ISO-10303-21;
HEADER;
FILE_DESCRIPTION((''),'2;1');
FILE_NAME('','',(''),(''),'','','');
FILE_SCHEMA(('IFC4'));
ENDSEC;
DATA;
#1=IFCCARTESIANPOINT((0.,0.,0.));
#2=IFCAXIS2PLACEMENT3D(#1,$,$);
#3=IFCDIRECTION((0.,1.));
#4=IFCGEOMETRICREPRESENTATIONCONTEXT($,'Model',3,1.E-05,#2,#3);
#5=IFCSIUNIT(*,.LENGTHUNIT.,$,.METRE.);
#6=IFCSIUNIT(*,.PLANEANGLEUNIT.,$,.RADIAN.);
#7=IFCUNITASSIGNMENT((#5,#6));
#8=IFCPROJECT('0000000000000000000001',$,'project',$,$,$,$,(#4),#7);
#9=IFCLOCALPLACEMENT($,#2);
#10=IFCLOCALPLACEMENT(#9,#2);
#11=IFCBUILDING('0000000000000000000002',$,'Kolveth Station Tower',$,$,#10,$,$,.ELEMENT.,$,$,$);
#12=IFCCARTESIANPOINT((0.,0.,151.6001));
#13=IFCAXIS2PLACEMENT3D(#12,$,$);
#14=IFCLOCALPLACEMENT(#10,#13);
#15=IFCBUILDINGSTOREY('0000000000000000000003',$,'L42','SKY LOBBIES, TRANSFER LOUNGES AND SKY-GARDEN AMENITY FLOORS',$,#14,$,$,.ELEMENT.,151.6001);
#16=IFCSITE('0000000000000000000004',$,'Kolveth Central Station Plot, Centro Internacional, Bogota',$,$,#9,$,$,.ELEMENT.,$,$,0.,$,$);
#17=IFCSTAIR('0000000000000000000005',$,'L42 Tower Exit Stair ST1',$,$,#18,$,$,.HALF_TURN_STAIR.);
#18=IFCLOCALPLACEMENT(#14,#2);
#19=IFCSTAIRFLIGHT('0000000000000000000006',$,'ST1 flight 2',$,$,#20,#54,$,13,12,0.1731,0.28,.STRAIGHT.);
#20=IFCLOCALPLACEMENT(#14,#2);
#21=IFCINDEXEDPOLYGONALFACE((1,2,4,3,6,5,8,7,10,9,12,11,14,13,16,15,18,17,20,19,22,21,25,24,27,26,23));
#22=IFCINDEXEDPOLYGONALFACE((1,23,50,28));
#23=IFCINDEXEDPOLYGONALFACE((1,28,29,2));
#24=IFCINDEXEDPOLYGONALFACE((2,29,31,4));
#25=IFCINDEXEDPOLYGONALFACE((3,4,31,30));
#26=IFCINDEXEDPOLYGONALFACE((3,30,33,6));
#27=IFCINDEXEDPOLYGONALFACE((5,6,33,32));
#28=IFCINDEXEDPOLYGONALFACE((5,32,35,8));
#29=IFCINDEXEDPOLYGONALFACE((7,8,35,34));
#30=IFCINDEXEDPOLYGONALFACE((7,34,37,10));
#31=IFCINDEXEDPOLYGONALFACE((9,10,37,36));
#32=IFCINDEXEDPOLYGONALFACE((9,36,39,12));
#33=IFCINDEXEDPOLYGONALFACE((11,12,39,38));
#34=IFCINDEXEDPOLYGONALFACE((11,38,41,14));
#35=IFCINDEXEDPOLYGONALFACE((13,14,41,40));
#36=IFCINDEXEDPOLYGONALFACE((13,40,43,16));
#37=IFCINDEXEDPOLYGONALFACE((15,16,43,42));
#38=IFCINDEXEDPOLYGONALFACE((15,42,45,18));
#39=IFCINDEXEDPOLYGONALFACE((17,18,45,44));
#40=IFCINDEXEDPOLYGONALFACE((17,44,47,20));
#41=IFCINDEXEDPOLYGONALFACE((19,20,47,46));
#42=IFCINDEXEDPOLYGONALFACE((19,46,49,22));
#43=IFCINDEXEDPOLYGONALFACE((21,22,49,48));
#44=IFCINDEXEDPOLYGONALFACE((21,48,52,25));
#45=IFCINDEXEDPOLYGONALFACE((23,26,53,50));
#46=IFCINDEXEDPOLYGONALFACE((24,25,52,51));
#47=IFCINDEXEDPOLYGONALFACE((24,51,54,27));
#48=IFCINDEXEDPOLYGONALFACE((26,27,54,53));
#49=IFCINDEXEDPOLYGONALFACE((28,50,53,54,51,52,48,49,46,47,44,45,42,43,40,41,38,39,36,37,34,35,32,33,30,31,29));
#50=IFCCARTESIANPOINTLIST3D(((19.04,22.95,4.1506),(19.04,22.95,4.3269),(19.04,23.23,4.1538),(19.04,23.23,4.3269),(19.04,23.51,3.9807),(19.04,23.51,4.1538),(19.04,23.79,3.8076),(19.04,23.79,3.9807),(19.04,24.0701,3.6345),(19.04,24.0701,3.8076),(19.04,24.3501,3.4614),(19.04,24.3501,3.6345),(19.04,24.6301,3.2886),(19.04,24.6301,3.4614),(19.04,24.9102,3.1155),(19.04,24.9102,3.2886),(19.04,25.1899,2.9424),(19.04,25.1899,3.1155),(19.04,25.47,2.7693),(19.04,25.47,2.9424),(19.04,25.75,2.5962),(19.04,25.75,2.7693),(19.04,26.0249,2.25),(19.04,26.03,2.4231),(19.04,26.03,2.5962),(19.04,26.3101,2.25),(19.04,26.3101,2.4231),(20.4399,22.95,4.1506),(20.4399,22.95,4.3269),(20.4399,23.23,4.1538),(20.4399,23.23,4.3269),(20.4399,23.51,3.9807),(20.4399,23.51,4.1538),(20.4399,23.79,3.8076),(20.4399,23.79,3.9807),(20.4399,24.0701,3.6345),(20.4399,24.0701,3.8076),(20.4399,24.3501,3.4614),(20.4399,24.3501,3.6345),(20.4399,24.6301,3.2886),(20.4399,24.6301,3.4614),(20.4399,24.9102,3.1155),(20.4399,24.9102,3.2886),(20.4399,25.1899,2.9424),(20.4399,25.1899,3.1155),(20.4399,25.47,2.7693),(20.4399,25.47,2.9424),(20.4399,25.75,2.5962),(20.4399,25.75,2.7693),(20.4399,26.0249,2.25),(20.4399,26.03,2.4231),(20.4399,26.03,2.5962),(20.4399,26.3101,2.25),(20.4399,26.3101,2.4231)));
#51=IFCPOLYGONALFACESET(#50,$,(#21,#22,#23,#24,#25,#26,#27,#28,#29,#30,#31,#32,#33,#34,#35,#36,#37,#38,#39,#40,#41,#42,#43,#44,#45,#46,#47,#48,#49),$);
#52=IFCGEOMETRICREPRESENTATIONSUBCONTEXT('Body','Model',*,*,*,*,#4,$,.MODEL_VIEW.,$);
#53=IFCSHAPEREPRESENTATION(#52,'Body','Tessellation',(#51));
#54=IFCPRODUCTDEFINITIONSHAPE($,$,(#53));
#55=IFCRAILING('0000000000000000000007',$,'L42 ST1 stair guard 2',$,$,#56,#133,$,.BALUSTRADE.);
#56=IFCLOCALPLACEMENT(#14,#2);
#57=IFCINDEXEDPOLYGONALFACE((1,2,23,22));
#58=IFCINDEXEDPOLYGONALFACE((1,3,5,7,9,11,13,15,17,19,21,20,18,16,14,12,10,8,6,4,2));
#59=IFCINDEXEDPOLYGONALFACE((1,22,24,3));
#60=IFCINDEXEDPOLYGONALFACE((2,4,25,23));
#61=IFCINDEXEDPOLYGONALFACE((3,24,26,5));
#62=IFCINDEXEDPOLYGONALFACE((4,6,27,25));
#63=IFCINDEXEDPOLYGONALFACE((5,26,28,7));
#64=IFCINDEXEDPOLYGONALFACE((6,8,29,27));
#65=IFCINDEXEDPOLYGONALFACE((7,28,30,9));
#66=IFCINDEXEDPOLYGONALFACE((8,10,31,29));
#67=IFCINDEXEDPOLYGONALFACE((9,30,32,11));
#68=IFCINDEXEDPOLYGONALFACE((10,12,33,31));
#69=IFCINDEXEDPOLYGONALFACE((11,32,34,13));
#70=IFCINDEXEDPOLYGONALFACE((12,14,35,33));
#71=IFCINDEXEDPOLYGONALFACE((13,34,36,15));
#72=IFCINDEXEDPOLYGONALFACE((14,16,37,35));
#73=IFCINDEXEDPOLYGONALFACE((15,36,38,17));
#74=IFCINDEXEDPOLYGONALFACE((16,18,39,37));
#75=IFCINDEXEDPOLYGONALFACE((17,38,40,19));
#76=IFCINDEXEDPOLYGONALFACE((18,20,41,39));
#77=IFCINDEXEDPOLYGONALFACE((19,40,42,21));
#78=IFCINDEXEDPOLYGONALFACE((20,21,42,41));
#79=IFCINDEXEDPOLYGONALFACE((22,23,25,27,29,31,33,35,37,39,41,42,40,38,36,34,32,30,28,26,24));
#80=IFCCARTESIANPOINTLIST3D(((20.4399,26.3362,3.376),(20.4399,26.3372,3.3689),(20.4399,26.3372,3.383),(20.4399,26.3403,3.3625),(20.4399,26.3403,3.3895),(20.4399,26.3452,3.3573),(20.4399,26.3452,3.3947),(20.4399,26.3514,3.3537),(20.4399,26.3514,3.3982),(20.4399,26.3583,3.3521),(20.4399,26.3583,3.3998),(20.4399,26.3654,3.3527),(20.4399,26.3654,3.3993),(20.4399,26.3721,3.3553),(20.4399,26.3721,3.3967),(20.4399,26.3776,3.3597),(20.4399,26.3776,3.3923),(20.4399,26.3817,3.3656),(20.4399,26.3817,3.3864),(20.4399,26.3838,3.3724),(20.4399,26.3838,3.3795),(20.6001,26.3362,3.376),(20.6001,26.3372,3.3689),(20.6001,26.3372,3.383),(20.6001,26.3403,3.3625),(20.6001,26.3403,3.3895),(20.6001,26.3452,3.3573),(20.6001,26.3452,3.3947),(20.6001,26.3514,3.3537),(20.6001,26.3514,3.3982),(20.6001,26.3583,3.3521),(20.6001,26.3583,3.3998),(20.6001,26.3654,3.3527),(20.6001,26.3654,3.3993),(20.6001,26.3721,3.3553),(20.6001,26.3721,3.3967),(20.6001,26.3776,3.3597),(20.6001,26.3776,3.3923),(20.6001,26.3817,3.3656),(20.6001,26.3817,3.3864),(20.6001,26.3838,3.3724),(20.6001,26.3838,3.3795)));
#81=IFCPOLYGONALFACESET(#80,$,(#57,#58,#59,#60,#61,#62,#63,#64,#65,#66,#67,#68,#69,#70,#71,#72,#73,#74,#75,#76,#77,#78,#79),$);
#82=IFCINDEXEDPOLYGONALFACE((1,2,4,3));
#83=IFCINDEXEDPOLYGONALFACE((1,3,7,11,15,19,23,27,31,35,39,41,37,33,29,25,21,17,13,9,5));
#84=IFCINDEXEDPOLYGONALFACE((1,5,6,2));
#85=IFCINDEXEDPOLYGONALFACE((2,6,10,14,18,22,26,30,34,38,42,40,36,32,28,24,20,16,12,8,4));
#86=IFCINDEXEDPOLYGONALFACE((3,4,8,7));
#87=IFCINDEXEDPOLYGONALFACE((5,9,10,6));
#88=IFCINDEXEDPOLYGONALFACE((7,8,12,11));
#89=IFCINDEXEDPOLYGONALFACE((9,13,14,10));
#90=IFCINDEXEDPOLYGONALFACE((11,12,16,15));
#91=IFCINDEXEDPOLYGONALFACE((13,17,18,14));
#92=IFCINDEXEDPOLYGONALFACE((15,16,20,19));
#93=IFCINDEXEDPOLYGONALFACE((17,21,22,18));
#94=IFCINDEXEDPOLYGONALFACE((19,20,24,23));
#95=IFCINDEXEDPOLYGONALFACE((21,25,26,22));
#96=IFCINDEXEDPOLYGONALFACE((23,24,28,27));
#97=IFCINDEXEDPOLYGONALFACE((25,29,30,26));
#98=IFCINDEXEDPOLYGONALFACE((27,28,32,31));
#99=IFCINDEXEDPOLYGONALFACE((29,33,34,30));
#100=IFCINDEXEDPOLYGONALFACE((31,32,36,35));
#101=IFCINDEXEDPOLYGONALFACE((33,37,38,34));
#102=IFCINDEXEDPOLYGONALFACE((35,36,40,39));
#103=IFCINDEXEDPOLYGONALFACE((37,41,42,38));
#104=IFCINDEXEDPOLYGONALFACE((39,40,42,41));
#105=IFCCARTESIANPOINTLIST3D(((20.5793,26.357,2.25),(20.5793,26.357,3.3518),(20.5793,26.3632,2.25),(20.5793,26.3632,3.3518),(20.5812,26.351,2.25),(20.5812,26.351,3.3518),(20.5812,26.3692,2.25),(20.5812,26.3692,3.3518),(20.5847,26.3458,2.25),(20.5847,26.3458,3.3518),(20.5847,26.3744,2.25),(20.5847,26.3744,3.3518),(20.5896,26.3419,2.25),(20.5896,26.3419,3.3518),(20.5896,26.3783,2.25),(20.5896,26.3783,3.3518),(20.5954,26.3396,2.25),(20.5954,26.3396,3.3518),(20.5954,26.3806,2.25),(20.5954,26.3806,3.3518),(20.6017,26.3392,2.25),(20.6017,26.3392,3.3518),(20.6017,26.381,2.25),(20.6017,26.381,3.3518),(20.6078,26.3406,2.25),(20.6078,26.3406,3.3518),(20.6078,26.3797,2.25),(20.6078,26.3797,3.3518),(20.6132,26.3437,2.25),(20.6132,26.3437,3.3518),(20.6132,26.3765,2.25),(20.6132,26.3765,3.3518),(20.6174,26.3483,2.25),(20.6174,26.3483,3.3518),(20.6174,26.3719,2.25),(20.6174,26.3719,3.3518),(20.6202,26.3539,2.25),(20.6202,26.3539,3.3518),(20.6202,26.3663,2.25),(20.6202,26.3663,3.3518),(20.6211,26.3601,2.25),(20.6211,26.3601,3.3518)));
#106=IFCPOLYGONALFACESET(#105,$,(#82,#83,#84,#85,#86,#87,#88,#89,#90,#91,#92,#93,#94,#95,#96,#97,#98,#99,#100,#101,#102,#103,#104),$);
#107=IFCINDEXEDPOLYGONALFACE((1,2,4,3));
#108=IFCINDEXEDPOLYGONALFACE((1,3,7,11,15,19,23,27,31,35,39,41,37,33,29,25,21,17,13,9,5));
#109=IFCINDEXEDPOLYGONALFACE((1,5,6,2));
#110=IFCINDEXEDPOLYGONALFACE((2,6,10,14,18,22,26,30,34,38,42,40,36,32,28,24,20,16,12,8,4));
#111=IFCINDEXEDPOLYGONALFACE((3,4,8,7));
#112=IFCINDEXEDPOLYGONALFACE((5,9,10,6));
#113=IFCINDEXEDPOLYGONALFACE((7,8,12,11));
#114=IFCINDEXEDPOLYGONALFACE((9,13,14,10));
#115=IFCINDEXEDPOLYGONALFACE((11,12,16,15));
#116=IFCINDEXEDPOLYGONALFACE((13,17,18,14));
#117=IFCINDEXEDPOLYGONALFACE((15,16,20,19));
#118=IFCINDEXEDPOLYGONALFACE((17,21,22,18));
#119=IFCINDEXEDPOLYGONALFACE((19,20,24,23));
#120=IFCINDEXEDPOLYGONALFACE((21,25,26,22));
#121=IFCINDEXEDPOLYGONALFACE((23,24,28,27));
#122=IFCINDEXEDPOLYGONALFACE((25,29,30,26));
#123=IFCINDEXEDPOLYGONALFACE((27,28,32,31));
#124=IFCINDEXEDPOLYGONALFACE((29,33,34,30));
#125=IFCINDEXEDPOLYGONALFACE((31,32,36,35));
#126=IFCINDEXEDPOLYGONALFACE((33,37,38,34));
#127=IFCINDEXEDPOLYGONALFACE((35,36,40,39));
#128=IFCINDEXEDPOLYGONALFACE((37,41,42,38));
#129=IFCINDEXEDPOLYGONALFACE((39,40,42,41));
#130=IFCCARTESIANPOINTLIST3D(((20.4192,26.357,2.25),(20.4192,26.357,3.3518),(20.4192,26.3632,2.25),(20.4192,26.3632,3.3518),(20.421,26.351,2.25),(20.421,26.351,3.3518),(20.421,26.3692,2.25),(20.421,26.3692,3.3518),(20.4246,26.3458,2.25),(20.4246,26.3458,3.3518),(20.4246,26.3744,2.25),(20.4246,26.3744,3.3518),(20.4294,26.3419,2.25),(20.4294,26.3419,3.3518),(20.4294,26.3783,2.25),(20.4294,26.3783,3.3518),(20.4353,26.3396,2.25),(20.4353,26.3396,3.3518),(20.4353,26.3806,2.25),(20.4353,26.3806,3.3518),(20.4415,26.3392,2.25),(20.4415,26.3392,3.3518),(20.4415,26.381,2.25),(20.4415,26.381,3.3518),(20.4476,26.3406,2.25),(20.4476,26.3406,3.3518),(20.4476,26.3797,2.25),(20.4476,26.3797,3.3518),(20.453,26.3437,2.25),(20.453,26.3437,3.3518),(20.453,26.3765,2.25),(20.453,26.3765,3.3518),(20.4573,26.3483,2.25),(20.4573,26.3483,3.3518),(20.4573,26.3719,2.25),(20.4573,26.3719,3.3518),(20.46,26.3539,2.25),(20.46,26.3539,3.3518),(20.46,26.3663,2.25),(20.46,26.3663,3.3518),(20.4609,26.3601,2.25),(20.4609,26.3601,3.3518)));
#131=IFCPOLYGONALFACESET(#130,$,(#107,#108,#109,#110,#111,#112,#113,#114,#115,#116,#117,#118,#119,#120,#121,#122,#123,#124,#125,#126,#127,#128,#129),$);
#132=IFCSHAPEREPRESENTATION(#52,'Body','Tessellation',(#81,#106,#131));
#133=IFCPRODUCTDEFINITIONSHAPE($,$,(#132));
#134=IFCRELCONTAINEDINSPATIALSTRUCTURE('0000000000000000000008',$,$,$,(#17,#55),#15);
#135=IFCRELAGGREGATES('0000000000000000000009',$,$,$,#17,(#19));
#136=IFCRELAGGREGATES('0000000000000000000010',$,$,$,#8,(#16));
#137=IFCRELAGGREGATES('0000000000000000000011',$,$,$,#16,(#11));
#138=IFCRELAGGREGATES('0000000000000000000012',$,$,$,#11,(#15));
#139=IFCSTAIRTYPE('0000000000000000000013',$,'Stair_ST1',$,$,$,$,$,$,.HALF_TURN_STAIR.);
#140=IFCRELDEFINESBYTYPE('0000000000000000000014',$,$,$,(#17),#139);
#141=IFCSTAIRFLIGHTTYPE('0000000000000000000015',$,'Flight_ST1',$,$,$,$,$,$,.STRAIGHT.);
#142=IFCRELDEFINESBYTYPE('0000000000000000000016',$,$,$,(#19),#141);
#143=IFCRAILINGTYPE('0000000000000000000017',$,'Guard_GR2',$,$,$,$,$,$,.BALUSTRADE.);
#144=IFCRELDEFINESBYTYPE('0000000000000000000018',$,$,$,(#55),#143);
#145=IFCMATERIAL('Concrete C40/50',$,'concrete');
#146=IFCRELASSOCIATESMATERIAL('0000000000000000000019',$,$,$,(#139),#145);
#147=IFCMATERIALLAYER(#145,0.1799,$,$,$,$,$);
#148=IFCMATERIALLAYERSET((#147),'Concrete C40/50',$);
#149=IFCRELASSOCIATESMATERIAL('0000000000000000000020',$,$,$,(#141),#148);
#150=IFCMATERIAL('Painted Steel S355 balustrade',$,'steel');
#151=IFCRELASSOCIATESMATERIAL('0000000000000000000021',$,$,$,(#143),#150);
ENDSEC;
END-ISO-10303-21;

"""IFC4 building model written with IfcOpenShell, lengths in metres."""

from ifc_helpers import new_model, si_unit, direction, frame, origin, origin_2d, place, context, subcontext, project, spatial, polyline, circle, outline, extrude, material, layer, layer_set, type_object, element, aggregate, save


model = new_model("IFC4")

# Units and contexts
model_context = context("Model", 3, precision=1e-05, world=origin(), true_north=direction((0.0, 1.0)))
body_context = subcontext(model_context, "Body", "Model", "MODEL_VIEW")
ifc_project = project(units=[si_unit("LENGTHUNIT", "METRE"), si_unit("PLANEANGLEUNIT", "RADIAN")], contexts=[model_context])

# Site, building, storey
site_placement = place(None, origin())
site = spatial("IfcSite", under=ifc_project, at=site_placement, Name="Kolveth Central Station Plot, Centro Internacional, Bogota", CompositionType="ELEMENT", RefElevation=0.0)
building_placement = place(site_placement, origin())
building = spatial("IfcBuilding", under=site, at=building_placement, Name="Kolveth Station Tower", CompositionType="ELEMENT")
storey_placement = place(building_placement, frame((0.0, 0.0, 151.6001)))
storey = spatial("IfcBuildingStorey", under=building, at=storey_placement, Name="L42", Description="SKY LOBBIES, TRANSFER LOUNGES AND SKY-GARDEN AMENITY FLOORS", CompositionType="ELEMENT", Elevation=151.6001)

# Shared definitions
ifc_material_1 = material(Name="Concrete C40/50", Category="concrete")

# Stair, stair flight
stair_type = type_object("IfcStairType", Name="Stair_ST1", PredefinedType="HALF_TURN_STAIR", material=ifc_material_1)
stair_placement = place(storey_placement, origin())
stair = element("IfcStair", 1, at=stair_placement, inside=storey, type_object=stair_type, Name="L42 Tower Exit Stair ST1", PredefinedType="HALF_TURN_STAIR")
ifc_layer_1 = layer(ifc_material_1, 0.1799)
ifc_layer_set_1 = layer_set([ifc_layer_1], Name="Concrete C40/50")
stair_flight_type = type_object("IfcStairFlightType", Name="Flight_ST1", PredefinedType="STRAIGHT", material=ifc_layer_set_1)
stair_flight_placement = place(storey_placement, frame((19.74, 26.3101, 2.25), z_axis=(0.0, 0.0, 1.0), x_axis=(0.0, -1.0, 0.0)))
stair_flight = element("IfcStairFlight", 2, at=stair_flight_placement, type_object=stair_flight_type, Name="ST1 flight 2", NumberOfRisers=13, NumberOfTreads=12, PredefinedType="STRAIGHT", RiserHeight=0.1731, TreadLength=0.28, context=body_context, shape_type="SweptSolid", body=[
    extrude(outline(polyline([(0.0, 0.0), (0.0, 0.1731), (0.28, 0.1731), (0.28, 0.3462), (0.5601, 0.3462), (0.5601, 0.5193), (0.8401, 0.5193), (0.8401, 0.6924), (1.1201, 0.6924), (1.1201, 0.8655), (1.3999, 0.8655), (1.3999, 1.0386), (1.6799, 1.0386), (1.6799, 1.2114), (1.96, 1.2114), (1.96, 1.3845), (2.24, 1.3845), (2.24, 1.5576), (2.52, 1.5576), (2.52, 1.7307), (2.8, 1.7307), (2.8, 1.9038), (3.0801, 1.9038), (3.0801, 2.0769), (3.3601, 2.0769), (3.3601, 2.25), (3.3601, 1.9006), (0.2852, 0.0), (0.0, 0.0)])), frame((0.0, 0.7, 0.0), z_axis=(0.0, -1.0, 0.0), x_axis=(1.0, 0.0, 0.0)), (0.0, 0.0, 1.0), 1.3999),
])
aggregate(stair, [stair_flight])

# Railing
ifc_material_2 = material(Name="Painted Steel S355 balustrade", Category="steel")
railing_type_1 = type_object("IfcRailingType", Name="Guard_GR2", PredefinedType="BALUSTRADE", material=ifc_material_2)
railing_1_placement = place(storey_placement, frame((20.6001, 26.3601, 2.25)))
element("IfcRailing", 3, at=railing_1_placement, inside=storey, type_object=railing_type_1, Name="L42 ST1 stair guard 2", PredefinedType="BALUSTRADE", context=body_context, shape_type="SweptSolid", body=[
    extrude(circle(Radius=0.0239, at=origin_2d()), frame((0.0, 0.0, 1.126), z_axis=(-1.0, 0.0, 0.0), x_axis=(0.0, -1.0, 0.0)), (0.0, 0.0, 1.0), 0.1602),
    extrude(circle(Radius=0.021, at=origin_2d()), origin(), (0.0, 0.0, 1.0), 1.1018),
    extrude(circle(Radius=0.021, at=origin_2d()), frame((-0.1602, 0.0, 0.0)), (0.0, 0.0, 1.0), 1.1018),
])

save(model, "model.ifc")
